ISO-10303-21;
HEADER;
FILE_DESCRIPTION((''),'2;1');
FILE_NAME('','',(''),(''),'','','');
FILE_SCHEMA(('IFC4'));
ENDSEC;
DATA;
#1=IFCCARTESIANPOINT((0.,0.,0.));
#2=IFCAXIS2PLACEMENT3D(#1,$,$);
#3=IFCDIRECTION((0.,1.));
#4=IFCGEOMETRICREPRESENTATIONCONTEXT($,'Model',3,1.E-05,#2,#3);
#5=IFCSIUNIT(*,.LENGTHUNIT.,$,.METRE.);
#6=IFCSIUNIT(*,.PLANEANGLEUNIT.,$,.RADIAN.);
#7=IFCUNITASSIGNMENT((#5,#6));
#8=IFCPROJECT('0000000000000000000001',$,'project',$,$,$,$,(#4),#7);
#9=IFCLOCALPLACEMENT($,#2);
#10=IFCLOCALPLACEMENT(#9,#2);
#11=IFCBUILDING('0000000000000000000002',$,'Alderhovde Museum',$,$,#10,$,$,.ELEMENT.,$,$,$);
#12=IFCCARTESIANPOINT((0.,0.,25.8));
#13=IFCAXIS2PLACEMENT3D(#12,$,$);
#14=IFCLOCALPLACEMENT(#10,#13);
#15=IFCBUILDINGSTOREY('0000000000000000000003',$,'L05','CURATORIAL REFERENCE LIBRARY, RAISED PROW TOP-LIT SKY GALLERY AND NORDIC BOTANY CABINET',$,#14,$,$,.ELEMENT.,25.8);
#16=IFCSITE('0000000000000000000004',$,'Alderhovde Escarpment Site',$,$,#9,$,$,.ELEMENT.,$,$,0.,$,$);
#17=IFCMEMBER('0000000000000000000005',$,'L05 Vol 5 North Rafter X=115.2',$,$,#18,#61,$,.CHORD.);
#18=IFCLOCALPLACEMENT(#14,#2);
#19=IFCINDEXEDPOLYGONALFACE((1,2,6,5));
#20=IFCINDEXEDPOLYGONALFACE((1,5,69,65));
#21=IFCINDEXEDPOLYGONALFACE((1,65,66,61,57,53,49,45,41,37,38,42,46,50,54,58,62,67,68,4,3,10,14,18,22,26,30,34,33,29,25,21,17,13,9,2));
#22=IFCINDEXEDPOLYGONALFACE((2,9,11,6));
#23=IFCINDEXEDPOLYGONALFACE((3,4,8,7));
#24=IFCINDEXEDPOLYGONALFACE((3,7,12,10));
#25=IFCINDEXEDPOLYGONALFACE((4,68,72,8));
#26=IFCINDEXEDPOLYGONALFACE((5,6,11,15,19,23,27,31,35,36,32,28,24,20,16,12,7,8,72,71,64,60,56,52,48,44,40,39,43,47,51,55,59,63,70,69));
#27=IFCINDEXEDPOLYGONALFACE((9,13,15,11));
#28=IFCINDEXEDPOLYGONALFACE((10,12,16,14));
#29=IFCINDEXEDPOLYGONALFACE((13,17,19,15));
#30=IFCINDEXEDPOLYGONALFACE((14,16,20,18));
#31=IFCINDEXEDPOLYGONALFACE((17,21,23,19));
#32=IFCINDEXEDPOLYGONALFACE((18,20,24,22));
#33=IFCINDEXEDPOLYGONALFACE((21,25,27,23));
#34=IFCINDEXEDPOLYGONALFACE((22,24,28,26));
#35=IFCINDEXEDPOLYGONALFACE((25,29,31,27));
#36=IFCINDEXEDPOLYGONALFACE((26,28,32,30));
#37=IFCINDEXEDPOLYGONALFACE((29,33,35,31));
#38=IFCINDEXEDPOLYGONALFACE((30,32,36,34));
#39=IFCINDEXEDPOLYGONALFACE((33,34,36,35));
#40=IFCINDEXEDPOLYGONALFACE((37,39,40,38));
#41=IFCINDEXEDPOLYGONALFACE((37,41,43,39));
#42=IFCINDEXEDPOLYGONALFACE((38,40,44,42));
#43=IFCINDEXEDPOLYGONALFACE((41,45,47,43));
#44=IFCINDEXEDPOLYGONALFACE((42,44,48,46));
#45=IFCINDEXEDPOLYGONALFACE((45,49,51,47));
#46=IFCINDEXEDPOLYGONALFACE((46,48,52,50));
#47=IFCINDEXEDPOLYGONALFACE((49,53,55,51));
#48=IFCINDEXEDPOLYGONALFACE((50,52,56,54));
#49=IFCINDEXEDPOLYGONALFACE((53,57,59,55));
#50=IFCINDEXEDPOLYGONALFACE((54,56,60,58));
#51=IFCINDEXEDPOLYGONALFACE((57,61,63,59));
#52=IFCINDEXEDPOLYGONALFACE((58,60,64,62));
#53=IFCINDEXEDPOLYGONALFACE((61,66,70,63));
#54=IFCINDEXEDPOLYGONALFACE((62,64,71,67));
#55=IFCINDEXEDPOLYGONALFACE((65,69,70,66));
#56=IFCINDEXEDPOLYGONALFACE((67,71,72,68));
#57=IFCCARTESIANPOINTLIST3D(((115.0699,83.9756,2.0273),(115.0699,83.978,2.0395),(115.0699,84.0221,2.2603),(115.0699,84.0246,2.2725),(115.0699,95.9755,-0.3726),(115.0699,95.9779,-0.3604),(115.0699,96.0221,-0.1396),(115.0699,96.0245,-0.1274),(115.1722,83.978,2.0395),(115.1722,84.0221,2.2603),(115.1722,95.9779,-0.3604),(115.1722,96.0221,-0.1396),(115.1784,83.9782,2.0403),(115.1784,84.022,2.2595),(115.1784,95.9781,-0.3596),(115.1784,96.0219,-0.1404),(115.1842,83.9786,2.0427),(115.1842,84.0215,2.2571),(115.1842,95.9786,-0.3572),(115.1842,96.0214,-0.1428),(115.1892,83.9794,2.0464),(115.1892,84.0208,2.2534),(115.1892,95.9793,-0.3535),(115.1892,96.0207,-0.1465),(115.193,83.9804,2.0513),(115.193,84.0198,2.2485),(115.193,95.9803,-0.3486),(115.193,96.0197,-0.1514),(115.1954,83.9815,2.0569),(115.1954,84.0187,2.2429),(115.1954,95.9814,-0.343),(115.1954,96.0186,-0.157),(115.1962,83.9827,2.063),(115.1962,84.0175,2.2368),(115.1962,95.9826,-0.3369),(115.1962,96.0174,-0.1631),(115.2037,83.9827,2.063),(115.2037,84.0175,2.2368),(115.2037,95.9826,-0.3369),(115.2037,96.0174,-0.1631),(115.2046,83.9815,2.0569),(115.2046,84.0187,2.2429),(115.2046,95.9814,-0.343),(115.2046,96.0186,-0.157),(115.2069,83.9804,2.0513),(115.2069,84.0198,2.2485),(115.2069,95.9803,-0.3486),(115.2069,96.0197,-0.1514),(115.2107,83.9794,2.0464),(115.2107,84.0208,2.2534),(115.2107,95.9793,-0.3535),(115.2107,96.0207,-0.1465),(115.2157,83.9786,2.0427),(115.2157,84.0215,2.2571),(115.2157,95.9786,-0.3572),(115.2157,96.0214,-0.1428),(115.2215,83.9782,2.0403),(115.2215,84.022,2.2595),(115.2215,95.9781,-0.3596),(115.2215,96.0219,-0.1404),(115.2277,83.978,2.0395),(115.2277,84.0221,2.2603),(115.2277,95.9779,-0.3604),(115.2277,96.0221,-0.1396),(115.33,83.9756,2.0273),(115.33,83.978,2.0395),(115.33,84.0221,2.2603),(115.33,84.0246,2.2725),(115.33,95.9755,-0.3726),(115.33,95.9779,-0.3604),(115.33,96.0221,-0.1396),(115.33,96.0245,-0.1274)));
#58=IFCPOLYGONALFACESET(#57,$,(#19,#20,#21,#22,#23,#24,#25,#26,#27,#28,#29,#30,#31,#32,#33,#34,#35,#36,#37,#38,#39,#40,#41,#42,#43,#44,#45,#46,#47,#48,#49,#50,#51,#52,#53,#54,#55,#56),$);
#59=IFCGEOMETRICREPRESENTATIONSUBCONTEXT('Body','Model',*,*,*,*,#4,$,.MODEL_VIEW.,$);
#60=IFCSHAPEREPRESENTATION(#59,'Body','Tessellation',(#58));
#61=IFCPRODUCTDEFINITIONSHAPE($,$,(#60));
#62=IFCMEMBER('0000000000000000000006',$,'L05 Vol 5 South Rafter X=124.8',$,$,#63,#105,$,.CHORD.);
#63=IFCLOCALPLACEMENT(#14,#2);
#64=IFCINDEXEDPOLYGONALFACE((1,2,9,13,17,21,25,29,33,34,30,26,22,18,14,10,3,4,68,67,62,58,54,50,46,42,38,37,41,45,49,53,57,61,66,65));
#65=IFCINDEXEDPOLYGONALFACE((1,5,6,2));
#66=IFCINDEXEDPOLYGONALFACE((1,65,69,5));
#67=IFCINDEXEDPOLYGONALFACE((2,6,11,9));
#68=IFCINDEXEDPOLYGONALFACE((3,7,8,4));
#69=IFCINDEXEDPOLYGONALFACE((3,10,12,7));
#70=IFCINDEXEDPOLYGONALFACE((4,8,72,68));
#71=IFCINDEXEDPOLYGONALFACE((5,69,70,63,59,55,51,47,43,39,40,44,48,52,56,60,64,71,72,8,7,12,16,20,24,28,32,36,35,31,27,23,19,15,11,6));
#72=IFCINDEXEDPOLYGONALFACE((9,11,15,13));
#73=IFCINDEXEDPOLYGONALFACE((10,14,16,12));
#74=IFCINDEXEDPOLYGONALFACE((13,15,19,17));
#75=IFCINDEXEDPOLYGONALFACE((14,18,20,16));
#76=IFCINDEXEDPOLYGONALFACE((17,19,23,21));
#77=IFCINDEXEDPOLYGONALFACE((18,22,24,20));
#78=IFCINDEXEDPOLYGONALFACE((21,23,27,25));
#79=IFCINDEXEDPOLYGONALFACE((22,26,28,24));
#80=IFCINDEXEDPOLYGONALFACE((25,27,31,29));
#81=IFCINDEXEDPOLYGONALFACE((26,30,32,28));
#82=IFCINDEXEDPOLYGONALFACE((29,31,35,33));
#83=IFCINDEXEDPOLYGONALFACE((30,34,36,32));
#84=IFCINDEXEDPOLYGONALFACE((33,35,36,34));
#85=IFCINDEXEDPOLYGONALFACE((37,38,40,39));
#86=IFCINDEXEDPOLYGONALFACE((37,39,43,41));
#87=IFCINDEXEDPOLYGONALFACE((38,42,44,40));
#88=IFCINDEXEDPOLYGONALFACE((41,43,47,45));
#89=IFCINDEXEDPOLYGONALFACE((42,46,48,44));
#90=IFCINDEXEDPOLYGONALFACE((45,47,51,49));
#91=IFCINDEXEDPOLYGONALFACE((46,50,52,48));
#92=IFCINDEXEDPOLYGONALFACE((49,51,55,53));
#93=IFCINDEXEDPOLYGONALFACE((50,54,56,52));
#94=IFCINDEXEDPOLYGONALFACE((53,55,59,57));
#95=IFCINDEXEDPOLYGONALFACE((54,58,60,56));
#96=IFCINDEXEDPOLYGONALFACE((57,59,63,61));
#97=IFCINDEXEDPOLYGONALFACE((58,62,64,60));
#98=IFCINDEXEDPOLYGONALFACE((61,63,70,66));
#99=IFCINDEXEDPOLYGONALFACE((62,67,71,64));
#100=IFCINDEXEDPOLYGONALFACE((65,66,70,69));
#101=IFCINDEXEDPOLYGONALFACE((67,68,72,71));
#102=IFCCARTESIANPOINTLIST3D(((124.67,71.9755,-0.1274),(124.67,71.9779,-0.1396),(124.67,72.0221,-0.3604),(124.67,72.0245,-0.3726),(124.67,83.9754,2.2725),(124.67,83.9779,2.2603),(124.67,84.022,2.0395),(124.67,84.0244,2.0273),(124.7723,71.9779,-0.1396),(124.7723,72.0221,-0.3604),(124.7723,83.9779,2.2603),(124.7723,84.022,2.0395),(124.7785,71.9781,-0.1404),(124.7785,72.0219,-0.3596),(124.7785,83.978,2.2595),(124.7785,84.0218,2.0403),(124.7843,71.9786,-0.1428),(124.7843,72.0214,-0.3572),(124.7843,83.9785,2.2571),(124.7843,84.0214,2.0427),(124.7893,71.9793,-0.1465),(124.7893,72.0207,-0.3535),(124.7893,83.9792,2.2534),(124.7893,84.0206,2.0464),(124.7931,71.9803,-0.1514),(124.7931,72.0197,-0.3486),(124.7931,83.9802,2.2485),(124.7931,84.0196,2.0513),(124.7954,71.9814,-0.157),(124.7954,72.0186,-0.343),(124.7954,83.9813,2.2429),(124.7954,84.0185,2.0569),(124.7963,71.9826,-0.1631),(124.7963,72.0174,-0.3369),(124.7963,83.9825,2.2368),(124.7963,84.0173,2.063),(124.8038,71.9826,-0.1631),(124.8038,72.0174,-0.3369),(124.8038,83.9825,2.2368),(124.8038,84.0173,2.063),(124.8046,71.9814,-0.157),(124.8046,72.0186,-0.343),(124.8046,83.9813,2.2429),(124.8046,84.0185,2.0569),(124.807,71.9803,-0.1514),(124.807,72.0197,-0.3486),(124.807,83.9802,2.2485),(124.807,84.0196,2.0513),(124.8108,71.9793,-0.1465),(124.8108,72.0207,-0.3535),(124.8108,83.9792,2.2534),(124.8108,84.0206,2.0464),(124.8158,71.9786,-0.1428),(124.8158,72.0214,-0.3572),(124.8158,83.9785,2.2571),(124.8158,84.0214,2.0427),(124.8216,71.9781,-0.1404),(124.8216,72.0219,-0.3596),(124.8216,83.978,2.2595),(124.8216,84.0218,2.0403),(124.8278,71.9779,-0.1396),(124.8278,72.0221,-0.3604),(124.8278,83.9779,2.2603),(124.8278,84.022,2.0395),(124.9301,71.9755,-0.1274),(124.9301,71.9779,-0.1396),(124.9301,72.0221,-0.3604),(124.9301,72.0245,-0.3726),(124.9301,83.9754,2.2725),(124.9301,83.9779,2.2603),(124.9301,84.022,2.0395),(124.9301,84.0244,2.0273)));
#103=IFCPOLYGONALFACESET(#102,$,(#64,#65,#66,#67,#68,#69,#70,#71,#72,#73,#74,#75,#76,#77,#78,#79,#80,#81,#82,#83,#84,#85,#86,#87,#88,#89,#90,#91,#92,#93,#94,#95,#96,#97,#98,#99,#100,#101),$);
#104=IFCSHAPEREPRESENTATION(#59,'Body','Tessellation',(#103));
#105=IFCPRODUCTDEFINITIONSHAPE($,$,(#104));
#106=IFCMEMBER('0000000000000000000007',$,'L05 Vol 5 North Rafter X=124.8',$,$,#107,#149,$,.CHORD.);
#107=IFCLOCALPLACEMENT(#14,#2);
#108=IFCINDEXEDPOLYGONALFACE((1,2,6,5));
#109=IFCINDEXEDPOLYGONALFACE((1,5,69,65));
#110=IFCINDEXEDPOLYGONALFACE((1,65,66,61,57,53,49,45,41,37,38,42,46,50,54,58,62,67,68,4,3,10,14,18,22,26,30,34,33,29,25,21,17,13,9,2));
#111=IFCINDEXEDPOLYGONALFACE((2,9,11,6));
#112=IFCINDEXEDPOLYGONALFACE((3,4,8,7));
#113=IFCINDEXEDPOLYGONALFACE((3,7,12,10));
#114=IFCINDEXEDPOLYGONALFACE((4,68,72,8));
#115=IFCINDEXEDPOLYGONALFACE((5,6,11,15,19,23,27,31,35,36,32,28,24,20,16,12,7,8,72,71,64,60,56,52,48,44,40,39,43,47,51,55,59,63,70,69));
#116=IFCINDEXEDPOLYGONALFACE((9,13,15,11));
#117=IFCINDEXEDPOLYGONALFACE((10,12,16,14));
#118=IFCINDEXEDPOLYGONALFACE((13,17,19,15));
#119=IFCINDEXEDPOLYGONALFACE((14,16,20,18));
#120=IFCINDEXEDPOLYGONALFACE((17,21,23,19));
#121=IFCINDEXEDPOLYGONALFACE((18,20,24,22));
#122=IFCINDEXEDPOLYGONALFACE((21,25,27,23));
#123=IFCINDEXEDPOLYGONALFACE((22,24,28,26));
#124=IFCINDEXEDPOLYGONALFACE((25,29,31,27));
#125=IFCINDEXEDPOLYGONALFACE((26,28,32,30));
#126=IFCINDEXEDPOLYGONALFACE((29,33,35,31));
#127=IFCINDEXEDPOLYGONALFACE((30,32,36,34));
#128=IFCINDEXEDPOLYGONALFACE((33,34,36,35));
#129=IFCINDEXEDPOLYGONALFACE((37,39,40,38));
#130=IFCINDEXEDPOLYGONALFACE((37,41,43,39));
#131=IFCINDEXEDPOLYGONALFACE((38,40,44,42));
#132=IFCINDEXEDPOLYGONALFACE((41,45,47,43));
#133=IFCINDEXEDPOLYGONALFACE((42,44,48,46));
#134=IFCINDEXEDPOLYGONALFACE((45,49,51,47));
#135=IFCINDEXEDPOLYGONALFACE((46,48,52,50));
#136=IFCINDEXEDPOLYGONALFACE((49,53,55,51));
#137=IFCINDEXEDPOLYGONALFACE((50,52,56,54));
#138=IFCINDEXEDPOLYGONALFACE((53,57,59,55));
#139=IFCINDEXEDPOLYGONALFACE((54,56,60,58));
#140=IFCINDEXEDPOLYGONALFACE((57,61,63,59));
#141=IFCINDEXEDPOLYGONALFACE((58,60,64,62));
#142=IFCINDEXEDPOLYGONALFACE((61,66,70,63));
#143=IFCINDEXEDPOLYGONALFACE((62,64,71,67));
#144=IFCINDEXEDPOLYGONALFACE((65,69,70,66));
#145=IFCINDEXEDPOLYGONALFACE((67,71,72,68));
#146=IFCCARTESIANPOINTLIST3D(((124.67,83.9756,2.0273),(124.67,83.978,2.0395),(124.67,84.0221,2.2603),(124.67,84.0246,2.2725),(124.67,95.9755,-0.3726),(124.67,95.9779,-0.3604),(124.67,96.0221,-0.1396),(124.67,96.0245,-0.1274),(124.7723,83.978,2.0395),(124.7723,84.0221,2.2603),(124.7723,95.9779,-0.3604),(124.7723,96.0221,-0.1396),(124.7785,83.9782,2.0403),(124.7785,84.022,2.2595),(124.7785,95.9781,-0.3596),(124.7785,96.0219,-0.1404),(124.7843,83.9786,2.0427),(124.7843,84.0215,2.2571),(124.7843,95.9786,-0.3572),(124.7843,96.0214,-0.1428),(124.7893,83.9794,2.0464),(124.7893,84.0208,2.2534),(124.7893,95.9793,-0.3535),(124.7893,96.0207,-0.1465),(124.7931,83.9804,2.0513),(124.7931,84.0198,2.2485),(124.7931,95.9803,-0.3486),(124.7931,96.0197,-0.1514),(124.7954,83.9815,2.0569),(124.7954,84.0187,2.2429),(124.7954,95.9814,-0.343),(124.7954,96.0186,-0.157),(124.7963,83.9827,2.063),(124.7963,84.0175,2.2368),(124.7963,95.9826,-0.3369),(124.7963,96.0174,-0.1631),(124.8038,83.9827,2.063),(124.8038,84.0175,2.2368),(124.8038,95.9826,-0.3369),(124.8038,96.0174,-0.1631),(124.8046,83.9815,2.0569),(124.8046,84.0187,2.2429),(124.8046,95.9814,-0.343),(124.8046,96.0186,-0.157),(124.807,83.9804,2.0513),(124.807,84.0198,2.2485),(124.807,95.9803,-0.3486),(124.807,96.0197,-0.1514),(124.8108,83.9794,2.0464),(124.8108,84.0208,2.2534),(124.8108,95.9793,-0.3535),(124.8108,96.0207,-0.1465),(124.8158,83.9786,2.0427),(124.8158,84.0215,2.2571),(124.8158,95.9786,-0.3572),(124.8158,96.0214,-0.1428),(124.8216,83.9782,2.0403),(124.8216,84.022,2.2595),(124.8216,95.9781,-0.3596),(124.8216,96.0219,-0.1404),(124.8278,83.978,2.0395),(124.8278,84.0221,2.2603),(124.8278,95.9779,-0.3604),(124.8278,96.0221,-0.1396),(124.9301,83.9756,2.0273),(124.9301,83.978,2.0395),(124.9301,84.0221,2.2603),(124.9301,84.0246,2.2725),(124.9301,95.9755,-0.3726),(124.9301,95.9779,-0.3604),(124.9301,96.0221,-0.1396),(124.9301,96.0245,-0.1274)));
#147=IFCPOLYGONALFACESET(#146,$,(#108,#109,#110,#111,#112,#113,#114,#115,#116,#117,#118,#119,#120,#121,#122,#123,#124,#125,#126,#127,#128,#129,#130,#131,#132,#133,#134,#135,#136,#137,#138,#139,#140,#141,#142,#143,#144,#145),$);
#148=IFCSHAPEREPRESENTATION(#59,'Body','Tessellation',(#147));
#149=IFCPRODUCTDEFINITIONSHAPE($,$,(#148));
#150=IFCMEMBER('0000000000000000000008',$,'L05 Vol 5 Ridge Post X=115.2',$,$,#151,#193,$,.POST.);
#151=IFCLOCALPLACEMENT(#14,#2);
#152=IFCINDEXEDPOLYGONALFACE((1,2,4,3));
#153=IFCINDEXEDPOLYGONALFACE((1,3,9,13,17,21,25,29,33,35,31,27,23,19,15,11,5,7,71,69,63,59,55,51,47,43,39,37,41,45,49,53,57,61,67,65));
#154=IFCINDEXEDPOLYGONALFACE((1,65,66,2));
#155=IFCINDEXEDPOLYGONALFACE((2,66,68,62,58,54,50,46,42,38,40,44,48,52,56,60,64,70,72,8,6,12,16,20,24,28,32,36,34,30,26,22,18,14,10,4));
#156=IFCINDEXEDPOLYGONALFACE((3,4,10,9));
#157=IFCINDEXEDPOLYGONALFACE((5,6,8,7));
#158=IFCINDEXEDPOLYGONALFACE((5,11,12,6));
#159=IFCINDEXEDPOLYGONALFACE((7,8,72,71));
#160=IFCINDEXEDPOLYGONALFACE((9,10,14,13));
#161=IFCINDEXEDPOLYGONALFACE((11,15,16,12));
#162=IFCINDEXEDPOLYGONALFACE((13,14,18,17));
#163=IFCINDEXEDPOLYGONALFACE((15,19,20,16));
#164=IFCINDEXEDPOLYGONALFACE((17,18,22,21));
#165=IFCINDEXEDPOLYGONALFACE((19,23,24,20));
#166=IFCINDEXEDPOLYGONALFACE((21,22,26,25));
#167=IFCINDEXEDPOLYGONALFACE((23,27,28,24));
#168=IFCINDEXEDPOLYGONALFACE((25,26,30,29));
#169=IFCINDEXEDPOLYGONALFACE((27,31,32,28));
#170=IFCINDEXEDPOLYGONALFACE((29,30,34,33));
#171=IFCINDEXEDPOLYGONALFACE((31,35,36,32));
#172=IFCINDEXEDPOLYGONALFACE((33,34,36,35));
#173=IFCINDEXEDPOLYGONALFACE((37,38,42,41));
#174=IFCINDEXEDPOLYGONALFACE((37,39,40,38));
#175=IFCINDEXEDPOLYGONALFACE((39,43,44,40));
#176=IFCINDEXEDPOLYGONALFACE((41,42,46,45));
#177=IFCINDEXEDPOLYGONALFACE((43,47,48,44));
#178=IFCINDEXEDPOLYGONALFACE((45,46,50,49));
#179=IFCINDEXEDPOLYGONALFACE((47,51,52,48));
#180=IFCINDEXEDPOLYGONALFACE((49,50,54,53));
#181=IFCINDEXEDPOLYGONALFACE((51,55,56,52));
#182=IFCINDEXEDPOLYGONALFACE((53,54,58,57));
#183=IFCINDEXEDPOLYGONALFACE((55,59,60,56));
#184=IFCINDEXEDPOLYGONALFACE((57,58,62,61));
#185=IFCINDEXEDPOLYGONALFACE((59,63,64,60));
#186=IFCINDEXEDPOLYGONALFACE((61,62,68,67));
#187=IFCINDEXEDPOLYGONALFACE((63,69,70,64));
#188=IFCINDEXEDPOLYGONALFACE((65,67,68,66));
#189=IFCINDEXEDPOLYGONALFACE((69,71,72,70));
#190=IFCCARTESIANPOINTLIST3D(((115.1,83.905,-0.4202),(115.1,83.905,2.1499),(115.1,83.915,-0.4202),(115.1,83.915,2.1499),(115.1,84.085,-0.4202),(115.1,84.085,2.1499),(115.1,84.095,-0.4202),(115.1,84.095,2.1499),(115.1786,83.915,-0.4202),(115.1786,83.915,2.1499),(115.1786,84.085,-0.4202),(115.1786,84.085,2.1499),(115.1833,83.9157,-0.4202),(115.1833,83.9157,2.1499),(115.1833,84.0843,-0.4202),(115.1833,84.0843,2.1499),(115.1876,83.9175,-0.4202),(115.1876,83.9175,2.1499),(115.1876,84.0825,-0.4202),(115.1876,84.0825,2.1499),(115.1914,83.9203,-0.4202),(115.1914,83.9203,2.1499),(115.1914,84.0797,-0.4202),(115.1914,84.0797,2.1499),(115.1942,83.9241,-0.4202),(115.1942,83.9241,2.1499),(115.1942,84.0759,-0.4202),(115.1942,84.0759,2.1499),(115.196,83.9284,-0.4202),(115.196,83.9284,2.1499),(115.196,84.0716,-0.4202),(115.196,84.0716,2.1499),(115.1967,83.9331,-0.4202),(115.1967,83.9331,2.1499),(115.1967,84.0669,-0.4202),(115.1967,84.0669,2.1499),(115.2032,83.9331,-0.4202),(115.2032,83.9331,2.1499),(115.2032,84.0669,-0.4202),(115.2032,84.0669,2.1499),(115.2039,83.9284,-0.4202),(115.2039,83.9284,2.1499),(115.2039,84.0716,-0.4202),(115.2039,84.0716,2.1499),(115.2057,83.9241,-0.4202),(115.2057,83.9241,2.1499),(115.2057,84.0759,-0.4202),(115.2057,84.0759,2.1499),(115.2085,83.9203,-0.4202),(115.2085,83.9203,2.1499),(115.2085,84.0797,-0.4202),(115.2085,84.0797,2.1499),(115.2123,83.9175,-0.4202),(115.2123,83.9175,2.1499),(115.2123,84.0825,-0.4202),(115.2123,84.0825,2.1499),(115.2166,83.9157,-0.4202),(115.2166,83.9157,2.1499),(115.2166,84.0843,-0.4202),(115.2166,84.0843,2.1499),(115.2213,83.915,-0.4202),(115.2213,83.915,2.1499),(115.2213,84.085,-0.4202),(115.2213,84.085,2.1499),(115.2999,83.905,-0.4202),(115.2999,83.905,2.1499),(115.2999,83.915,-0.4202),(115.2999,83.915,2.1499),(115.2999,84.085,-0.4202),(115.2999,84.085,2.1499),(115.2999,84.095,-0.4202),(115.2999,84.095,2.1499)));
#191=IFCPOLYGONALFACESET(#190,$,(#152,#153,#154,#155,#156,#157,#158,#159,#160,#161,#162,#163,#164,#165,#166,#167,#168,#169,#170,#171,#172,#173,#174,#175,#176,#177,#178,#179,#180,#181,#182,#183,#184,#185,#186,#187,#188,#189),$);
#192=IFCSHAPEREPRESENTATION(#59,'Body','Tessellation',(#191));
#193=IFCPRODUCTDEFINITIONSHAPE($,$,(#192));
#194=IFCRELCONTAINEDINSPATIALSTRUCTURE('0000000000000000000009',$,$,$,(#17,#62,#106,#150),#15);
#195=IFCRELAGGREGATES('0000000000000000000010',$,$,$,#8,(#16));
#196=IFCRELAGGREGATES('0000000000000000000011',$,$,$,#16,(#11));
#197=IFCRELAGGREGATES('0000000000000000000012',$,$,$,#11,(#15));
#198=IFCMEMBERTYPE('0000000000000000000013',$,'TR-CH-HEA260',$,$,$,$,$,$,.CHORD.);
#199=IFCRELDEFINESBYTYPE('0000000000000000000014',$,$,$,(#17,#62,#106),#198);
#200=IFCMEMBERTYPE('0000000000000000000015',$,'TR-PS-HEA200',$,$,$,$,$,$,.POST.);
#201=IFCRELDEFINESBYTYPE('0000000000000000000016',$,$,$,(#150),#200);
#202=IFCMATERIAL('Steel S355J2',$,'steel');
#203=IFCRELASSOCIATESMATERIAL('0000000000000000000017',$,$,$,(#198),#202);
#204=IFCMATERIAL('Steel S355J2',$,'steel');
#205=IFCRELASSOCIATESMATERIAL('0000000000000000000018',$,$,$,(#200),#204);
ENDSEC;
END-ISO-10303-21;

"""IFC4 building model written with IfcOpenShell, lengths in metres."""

from ifc_helpers import new_model, si_unit, direction, frame, origin, origin_2d, place, context, subcontext, project, spatial, i_section, extrude, material, material_profile, profile_set, type_object, element, save


model = new_model("IFC4")

# Units and contexts
model_context = context("Model", 3, precision=1e-05, world=origin(), true_north=direction((0.0, 1.0)))
body_context = subcontext(model_context, "Body", "Model", "MODEL_VIEW")
ifc_project = project(units=[si_unit("LENGTHUNIT", "METRE"), si_unit("PLANEANGLEUNIT", "RADIAN")], contexts=[model_context])

# Site, building, storey
site_placement = place(None, origin())
site = spatial("IfcSite", under=ifc_project, at=site_placement, Name="Alderhovde Escarpment Site", CompositionType="ELEMENT", RefElevation=0.0)
building_placement = place(site_placement, origin())
building = spatial("IfcBuilding", under=site, at=building_placement, Name="Alderhovde Museum", CompositionType="ELEMENT")
storey_placement = place(building_placement, frame((0.0, 0.0, 25.8)))
storey = spatial("IfcBuildingStorey", under=building, at=storey_placement, Name="L05", Description="CURATORIAL REFERENCE LIBRARY, RAISED PROW TOP-LIT SKY GALLERY AND NORDIC BOTANY CABINET", CompositionType="ELEMENT", Elevation=25.8)

# Members
ifc_material_1 = material(Name="Steel S355J2", Category="steel")
ifc_material_profile_1 = material_profile(ifc_material_1, i_section(OverallWidth=0.26, OverallDepth=0.25, WebThickness=0.0076, FlangeThickness=0.0125, FilletRadius=0.0239, at=origin_2d()), Name="HEA 260")
ifc_profile_set_1 = profile_set([ifc_material_profile_1], Name="Steel S355J2")
member_type_1 = type_object("IfcMemberType", Name="TR-CH-HEA260", PredefinedType="CHORD", material=ifc_profile_set_1)
for number, where, z_axis, x_axis, name in (
    (1, (115.2, 96.0, -0.25), (0.0, -0.980582, 0.196108), (1.0, 0.0, 0.0), "L05 Vol 5 North Rafter X=115.2"),
    (2, (124.8, 72.0, -0.25), (0.0, 0.980582, 0.196108), (-1.0, 0.0, 0.0), "L05 Vol 5 South Rafter X=124.8"),
    (3, (124.8, 96.0, -0.25), (0.0, -0.980582, 0.196108), (1.0, 0.0, 0.0), "L05 Vol 5 North Rafter X=124.8"),
):
    element("IfcMember", number, at=place(storey_placement, frame(where, z_axis=z_axis, x_axis=x_axis)), inside=storey, type_object=member_type_1, Name=name, PredefinedType="CHORD", context=body_context, shape_type="SweptSolid", body=[
        extrude(i_section(OverallWidth=0.26, OverallDepth=0.25, WebThickness=0.0076, FlangeThickness=0.0125, FilletRadius=0.0239, at=origin_2d()), origin(), (0.0, 0.0, 1.0), 12.2375),
    ])
ifc_material_2 = material(Name="Steel S355J2", Category="steel")
ifc_material_profile_2 = material_profile(ifc_material_2, i_section(OverallWidth=0.2, OverallDepth=0.1899, WebThickness=0.0066, FlangeThickness=0.01, FilletRadius=0.0181, at=origin_2d()), Name="HEA 200")
ifc_profile_set_2 = profile_set([ifc_material_profile_2], Name="Steel S355J2")
member_type_2 = type_object("IfcMemberType", Name="TR-PS-HEA200", PredefinedType="POST", material=ifc_profile_set_2)
for number, where, z_axis, x_axis, name in (
    (4, (115.2, 84.0, -0.4202), (0.0, 0.0, 1.0), (1.0, 0.0, 0.0), "L05 Vol 5 Ridge Post X=115.2"),
):
    element("IfcMember", number, at=place(storey_placement, frame(where, z_axis=z_axis, x_axis=x_axis)), inside=storey, type_object=member_type_2, Name=name, PredefinedType="POST", context=body_context, shape_type="SweptSolid", body=[
        extrude(i_section(OverallWidth=0.2, OverallDepth=0.1899, WebThickness=0.0066, FlangeThickness=0.01, FilletRadius=0.0181, at=origin_2d()), origin(), (0.0, 0.0, 1.0), 2.5701),
    ])

save(model, "model.ifc")
